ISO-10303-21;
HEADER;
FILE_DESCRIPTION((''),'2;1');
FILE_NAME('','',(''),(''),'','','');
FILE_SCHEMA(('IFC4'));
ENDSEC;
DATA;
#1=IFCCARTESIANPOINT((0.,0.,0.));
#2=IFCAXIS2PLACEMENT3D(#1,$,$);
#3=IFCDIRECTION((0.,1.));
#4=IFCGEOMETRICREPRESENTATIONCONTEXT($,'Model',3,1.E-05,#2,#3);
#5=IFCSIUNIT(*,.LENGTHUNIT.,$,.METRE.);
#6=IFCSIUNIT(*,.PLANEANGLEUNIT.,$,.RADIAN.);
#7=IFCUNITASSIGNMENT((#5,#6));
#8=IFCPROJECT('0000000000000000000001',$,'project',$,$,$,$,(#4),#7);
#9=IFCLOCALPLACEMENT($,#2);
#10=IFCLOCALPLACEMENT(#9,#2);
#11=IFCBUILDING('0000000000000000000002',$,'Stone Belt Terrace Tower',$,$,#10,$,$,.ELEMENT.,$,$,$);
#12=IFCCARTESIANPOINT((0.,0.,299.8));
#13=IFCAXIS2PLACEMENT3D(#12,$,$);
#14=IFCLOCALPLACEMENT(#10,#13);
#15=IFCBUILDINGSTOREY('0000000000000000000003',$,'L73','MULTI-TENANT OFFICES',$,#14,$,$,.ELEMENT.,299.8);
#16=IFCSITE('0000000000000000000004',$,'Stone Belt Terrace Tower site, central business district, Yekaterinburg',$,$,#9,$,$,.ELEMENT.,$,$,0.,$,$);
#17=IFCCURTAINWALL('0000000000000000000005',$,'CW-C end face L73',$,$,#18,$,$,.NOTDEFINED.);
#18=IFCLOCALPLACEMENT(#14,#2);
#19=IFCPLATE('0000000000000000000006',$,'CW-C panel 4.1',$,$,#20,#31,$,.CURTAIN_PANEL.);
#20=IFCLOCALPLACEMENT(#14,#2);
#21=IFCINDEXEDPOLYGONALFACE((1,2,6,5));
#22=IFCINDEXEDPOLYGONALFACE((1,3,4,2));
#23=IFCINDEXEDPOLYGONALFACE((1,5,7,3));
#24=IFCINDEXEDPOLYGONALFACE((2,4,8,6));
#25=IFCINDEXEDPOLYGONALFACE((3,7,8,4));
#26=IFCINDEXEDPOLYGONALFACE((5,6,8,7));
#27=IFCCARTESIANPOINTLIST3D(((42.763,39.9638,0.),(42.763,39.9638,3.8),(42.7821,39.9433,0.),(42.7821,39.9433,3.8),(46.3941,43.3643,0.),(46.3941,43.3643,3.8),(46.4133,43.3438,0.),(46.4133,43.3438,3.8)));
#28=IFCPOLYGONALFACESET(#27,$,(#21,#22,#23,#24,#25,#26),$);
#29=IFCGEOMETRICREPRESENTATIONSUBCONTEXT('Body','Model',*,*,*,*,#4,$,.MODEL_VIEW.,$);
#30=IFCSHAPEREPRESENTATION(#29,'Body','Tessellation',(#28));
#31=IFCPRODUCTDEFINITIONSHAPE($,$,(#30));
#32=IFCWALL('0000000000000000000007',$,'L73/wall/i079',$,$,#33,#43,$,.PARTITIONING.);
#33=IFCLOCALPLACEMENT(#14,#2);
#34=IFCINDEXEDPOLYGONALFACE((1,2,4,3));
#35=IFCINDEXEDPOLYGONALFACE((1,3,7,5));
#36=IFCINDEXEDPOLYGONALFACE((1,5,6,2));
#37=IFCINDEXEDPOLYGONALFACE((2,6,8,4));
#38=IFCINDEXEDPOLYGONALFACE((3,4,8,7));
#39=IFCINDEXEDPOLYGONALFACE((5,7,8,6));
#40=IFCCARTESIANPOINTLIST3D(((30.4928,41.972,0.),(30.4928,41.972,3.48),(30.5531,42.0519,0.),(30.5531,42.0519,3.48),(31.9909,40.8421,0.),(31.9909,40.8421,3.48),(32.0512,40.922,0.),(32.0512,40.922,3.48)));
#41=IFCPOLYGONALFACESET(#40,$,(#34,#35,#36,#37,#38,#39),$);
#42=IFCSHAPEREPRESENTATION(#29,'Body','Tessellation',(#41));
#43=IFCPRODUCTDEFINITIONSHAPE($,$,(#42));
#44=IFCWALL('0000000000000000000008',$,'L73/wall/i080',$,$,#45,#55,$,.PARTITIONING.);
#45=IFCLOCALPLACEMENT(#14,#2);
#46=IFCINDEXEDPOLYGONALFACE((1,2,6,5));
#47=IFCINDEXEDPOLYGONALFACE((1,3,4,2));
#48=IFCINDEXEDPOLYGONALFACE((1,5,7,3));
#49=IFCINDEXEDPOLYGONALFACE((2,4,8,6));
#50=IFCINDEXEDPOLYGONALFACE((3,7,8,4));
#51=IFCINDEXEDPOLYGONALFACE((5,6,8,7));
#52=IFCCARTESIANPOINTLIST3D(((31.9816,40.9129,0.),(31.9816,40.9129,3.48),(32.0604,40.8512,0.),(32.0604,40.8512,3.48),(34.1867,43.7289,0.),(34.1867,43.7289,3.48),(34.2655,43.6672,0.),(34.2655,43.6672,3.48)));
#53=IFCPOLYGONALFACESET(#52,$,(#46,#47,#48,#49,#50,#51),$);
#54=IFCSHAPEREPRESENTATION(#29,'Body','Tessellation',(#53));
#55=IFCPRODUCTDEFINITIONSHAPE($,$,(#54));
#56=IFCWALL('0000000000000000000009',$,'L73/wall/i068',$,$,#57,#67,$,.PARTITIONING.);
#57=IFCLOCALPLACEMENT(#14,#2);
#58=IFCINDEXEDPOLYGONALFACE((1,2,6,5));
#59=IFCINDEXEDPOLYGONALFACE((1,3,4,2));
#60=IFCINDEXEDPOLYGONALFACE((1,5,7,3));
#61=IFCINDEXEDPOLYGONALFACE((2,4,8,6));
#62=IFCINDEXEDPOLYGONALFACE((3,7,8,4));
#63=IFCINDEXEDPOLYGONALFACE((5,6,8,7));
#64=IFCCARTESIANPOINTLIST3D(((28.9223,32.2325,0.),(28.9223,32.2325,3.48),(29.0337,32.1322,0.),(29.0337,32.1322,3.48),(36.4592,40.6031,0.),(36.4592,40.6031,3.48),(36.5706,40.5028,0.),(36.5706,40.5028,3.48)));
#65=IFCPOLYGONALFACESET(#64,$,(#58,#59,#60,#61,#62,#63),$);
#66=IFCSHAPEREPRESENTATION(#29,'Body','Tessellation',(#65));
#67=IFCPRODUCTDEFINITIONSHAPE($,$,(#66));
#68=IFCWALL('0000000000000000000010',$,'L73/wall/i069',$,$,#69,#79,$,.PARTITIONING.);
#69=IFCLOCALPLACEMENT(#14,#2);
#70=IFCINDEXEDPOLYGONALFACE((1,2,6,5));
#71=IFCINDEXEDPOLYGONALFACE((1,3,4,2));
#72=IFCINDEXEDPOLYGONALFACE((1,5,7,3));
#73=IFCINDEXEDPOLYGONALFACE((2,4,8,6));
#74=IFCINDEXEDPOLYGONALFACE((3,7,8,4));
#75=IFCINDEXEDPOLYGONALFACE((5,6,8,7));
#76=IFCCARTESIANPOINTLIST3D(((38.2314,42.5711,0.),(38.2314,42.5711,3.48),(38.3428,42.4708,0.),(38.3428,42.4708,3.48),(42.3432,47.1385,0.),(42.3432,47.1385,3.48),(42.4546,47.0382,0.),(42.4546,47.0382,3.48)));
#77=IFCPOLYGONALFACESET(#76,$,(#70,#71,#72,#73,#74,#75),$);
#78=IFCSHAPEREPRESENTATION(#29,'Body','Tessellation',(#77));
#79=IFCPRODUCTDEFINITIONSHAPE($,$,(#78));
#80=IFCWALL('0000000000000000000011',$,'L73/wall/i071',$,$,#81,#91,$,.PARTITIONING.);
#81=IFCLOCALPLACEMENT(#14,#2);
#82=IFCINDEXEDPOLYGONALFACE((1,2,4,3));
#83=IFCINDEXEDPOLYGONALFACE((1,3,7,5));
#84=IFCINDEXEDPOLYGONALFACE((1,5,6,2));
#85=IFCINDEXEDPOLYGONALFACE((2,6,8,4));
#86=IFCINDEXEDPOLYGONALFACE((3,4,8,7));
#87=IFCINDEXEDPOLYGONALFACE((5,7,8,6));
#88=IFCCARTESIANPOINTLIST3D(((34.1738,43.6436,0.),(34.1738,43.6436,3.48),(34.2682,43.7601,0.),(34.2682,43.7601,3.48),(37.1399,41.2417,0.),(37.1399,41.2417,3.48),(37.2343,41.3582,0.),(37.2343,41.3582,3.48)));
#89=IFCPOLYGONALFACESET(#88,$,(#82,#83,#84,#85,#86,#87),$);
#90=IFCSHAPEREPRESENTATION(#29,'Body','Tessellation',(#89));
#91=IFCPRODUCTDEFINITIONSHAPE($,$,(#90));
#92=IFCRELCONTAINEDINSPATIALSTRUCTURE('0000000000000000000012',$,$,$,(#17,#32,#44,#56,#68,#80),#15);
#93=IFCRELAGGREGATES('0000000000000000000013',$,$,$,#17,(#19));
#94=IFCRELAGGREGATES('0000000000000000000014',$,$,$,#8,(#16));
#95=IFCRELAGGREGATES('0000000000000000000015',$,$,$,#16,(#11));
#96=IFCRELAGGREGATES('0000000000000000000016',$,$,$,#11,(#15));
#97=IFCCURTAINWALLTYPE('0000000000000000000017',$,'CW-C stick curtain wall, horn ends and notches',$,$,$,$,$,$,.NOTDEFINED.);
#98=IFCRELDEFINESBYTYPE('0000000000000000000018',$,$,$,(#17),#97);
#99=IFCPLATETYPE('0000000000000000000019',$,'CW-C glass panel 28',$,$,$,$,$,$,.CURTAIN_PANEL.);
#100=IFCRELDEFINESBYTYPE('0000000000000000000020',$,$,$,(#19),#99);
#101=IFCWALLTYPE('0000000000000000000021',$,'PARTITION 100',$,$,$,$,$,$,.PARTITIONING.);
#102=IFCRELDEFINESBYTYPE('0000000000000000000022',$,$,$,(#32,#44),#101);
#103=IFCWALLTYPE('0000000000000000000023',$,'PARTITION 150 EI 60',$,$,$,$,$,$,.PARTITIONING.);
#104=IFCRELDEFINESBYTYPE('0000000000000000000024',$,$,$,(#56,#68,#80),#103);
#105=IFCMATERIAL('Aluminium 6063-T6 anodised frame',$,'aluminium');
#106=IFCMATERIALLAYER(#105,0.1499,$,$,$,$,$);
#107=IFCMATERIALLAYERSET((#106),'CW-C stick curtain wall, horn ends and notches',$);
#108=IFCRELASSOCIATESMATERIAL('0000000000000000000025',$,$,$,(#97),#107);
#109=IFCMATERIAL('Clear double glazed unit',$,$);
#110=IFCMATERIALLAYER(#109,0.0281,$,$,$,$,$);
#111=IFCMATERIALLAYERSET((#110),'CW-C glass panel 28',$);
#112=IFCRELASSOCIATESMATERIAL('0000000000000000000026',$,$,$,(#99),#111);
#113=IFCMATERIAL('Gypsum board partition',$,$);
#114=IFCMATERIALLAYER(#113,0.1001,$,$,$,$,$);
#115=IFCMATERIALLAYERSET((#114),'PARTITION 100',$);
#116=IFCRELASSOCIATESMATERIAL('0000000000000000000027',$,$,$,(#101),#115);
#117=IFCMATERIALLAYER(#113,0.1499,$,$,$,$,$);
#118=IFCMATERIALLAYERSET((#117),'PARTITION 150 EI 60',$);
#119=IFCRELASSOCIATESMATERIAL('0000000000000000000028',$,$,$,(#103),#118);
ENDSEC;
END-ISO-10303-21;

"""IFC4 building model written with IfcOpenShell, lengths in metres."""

from ifc_helpers import new_model, si_unit, direction, frame, frame_2d, origin, origin_2d, place, context, subcontext, project, spatial, rectangle, extrude, material, layer, layer_set, type_object, element, aggregate, save


model = new_model("IFC4")

# Units and contexts
model_context = context("Model", 3, precision=1e-05, world=origin(), true_north=direction((0.0, 1.0)))
body_context = subcontext(model_context, "Body", "Model", "MODEL_VIEW")
ifc_project = project(units=[si_unit("LENGTHUNIT", "METRE"), si_unit("PLANEANGLEUNIT", "RADIAN")], contexts=[model_context])

# Site, building, storey
site_placement = place(None, origin())
site = spatial("IfcSite", under=ifc_project, at=site_placement, Name="Stone Belt Terrace Tower site, central business district, Yekaterinburg", CompositionType="ELEMENT", RefElevation=0.0)
building_placement = place(site_placement, origin())
building = spatial("IfcBuilding", under=site, at=building_placement, Name="Stone Belt Terrace Tower", CompositionType="ELEMENT")
storey_placement = place(building_placement, frame((0.0, 0.0, 299.8)))
storey = spatial("IfcBuildingStorey", under=building, at=storey_placement, Name="L73", Description="MULTI-TENANT OFFICES", CompositionType="ELEMENT", Elevation=299.8)

# Curtain wall
ifc_material_1 = material(Name="Aluminium 6063-T6 anodised frame", Category="aluminium")
ifc_layer_1 = layer(ifc_material_1, 0.1499)
ifc_layer_set_1 = layer_set([ifc_layer_1], Name="CW-C stick curtain wall, horn ends and notches")
curtain_wall_type_1 = type_object("IfcCurtainWallType", Name="CW-C stick curtain wall, horn ends and notches", PredefinedType="NOTDEFINED", material=ifc_layer_set_1)
curtain_wall_1_placement = place(storey_placement, origin())
curtain_wall_1 = element("IfcCurtainWall", 1, at=curtain_wall_1_placement, inside=storey, type_object=curtain_wall_type_1, Name="CW-C end face L73", PredefinedType="NOTDEFINED")

# Shared definitions
ifc_material_2 = material(Name="Clear double glazed unit")

# Plate
ifc_layer_2 = layer(ifc_material_2, 0.0281)
ifc_layer_set_2 = layer_set([ifc_layer_2], Name="CW-C glass panel 28")
plate_type_1 = type_object("IfcPlateType", Name="CW-C glass panel 28", PredefinedType="CURTAIN_PANEL", material=ifc_layer_set_2)
plate_1_placement = place(storey_placement, frame((44.5881, 41.6538, 0.0), z_axis=(0.0, 0.0, 1.0), x_axis=(0.729904, 0.683549, 0.0)))
plate_1 = element("IfcPlate", 2, at=plate_1_placement, type_object=plate_type_1, Name="CW-C panel 4.1", PredefinedType="CURTAIN_PANEL", context=body_context, shape_type="SweptSolid", body=[
    extrude(rectangle(XDim=4.9749, YDim=0.0281, at=origin_2d()), origin(), (0.0, 0.0, 1.0), 3.8),
])
aggregate(curtain_wall_1, [plate_1])

# Walls
ifc_material_3 = material(Name="Gypsum board partition")
ifc_layer_3 = layer(ifc_material_3, 0.1001)
ifc_layer_set_3 = layer_set([ifc_layer_3], Name="PARTITION 100")
wall_type_1 = type_object("IfcWallType", Name="PARTITION 100", PredefinedType="PARTITIONING", material=ifc_layer_set_3)
wall_1_placement = place(storey_placement, frame((30.5229, 42.012, 0.0), z_axis=(0.0, 0.0, 1.0), x_axis=(0.798373, -0.602163, 0.0)))
element("IfcWall", 3, at=wall_1_placement, inside=storey, type_object=wall_type_1, Name="L73/wall/i079", PredefinedType="PARTITIONING", context=body_context, shape_type="SweptSolid", body=[
    extrude(rectangle(XDim=1.8765, YDim=0.1001, at=frame_2d((0.9382, 0.0))), origin(), (0.0, 0.0, 1.0), 3.48),
])
wall_2_placement = place(storey_placement, frame((32.021, 40.8821, 0.0), z_axis=(0.0, 0.0, 1.0), x_axis=(0.616536, 0.787326, 0.0)))
element("IfcWall", 4, at=wall_2_placement, inside=storey, type_object=wall_type_1, Name="L73/wall/i080", PredefinedType="PARTITIONING", context=body_context, shape_type="SweptSolid", body=[
    extrude(rectangle(XDim=3.5767, YDim=0.1001, at=frame_2d((1.7883, 0.0))), origin(), (0.0, 0.0, 1.0), 3.48),
])
ifc_layer_4 = layer(ifc_material_3, 0.1499)
ifc_layer_set_4 = layer_set([ifc_layer_4], Name="PARTITION 150 EI 60")
wall_type_2 = type_object("IfcWallType", Name="PARTITION 150 EI 60", PredefinedType="PARTITIONING", material=ifc_layer_set_4)
wall_3_placement = place(storey_placement, frame((28.978, 32.1824, 0.0), z_axis=(0.0, 0.0, 1.0), x_axis=(0.669128, 0.743148, 0.0)))
element("IfcWall", 5, at=wall_3_placement, inside=storey, type_object=wall_type_2, Name="L73/wall/i068", PredefinedType="PARTITIONING", context=body_context, shape_type="SweptSolid", body=[
    extrude(rectangle(XDim=11.2637, YDim=0.1499, at=frame_2d((5.6318, 0.0))), origin(), (0.0, 0.0, 1.0), 3.48),
])
wall_4_placement = place(storey_placement, frame((38.2871, 42.521, 0.0), z_axis=(0.0, 0.0, 1.0), x_axis=(0.66907, 0.743199, 0.0)))
element("IfcWall", 6, at=wall_4_placement, inside=storey, type_object=wall_type_2, Name="L73/wall/i069", PredefinedType="PARTITIONING", context=body_context, shape_type="SweptSolid", body=[
    extrude(rectangle(XDim=6.1455, YDim=0.1499, at=frame_2d((3.0728, 0.0))), origin(), (0.0, 0.0, 1.0), 3.48),
])
wall_5_placement = place(storey_placement, frame((37.187, 41.3, 0.0), z_axis=(0.0, 0.0, 1.0), x_axis=(-0.777148, 0.629318, 0.0)))
element("IfcWall", 7, at=wall_5_placement, inside=storey, type_object=wall_type_2, Name="L73/wall/i071", PredefinedType="PARTITIONING", context=body_context, shape_type="SweptSolid", body=[
    extrude(rectangle(XDim=3.8167, YDim=0.1499, at=frame_2d((1.9082, 0.0))), origin(), (0.0, 0.0, 1.0), 3.48),
])

save(model, "model.ifc")
